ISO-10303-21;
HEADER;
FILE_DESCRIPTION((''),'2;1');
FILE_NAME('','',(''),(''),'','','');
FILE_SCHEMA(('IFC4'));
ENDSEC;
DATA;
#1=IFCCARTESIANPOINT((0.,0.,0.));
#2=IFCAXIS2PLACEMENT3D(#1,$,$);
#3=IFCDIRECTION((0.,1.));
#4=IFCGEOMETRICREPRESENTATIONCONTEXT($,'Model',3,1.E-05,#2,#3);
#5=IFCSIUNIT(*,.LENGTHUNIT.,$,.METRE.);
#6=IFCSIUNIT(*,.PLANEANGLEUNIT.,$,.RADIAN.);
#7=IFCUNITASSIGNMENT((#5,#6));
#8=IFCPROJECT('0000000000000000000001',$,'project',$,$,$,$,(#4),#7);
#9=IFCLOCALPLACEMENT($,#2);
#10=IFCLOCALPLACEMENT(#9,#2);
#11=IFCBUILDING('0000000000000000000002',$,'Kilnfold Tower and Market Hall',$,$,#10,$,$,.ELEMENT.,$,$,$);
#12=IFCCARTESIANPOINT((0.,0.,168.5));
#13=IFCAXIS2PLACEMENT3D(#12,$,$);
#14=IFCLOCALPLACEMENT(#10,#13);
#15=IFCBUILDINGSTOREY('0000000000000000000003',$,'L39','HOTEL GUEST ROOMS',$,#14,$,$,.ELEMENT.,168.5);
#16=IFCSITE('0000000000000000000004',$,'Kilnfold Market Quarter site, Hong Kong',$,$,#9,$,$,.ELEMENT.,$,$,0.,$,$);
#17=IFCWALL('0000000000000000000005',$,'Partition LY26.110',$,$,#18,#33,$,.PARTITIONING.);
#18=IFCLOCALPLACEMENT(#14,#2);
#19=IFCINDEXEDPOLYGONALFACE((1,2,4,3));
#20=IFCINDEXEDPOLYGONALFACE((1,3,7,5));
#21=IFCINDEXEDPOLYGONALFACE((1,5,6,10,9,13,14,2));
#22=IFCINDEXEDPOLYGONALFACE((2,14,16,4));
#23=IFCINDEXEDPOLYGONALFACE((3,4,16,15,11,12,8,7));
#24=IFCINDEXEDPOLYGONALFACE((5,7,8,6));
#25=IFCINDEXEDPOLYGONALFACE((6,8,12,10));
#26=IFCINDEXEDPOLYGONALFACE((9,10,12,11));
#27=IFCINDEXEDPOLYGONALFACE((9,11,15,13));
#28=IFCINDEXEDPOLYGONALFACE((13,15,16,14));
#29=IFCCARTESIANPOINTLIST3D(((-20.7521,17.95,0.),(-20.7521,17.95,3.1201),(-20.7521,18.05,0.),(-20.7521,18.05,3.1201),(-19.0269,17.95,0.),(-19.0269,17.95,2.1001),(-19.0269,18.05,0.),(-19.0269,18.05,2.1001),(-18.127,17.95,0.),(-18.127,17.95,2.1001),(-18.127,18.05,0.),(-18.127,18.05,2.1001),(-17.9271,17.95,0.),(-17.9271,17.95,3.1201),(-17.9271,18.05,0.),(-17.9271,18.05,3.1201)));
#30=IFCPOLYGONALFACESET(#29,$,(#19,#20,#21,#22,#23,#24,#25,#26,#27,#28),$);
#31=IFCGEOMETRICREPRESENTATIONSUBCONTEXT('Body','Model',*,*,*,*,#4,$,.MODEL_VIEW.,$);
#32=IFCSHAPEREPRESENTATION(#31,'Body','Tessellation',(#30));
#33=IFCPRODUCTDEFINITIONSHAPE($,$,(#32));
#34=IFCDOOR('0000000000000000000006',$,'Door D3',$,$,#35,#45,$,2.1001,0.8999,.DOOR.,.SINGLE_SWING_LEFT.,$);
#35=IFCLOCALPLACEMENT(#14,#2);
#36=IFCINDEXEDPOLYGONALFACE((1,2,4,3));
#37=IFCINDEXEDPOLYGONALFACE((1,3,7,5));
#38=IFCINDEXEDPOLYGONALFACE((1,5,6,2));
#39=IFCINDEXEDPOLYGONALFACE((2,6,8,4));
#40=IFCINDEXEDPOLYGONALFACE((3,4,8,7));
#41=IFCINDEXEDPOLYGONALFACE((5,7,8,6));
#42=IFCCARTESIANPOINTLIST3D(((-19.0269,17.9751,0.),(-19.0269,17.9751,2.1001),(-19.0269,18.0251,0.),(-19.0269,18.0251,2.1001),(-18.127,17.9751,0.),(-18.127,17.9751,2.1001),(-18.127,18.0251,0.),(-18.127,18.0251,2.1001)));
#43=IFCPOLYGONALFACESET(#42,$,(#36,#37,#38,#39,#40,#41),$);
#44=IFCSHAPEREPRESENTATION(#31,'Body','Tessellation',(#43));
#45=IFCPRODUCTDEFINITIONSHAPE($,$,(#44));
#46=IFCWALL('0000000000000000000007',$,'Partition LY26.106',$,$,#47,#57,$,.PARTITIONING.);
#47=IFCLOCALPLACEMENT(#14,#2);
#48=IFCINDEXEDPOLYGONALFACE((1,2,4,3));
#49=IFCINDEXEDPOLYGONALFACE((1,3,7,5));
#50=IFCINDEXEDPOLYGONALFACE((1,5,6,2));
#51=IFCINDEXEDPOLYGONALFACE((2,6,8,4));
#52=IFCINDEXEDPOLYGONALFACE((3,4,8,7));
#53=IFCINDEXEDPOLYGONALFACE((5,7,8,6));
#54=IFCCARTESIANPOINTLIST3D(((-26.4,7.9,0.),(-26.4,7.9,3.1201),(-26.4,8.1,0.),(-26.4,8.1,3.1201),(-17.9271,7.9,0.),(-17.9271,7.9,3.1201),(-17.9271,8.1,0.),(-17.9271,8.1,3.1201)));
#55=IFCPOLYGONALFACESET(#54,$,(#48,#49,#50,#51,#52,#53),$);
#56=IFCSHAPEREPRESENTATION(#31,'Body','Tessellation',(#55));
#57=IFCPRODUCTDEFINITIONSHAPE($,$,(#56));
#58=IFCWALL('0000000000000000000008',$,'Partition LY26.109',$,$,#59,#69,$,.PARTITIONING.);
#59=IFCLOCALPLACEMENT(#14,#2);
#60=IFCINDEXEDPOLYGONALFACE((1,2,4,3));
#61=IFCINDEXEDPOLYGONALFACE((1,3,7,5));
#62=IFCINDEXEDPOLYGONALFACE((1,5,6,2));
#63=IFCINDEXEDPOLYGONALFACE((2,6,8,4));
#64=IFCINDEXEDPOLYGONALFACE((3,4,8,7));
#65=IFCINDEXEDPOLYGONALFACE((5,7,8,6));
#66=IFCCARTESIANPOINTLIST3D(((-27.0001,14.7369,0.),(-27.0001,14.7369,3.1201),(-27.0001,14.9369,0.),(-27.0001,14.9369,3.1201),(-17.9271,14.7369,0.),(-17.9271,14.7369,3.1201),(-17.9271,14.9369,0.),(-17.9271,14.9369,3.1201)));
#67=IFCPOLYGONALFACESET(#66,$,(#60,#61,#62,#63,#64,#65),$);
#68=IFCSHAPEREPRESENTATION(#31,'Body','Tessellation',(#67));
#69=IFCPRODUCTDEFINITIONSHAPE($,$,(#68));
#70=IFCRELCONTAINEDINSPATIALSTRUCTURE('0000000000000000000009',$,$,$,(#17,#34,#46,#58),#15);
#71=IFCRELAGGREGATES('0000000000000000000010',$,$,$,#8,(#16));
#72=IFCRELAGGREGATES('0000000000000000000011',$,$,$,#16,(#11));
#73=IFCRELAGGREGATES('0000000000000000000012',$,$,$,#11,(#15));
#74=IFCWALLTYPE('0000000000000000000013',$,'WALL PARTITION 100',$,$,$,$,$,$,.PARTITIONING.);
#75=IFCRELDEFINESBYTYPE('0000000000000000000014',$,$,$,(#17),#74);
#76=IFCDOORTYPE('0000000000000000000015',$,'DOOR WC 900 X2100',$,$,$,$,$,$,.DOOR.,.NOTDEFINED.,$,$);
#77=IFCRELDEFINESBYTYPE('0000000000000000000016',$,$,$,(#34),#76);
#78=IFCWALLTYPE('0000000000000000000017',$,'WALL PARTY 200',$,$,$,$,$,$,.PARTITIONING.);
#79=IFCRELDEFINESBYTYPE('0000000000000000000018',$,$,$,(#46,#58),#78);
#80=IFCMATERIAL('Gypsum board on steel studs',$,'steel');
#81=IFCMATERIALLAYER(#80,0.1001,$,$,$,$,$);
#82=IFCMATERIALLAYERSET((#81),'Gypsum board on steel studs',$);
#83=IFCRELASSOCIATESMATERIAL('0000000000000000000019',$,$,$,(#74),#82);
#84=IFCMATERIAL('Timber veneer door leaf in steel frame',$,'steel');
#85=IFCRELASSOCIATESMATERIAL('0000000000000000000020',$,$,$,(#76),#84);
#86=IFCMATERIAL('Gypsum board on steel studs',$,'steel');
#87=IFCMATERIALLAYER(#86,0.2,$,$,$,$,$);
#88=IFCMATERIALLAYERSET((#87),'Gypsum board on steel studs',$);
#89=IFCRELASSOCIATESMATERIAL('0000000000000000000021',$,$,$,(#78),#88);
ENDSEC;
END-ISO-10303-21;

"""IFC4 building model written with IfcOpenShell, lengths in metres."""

from ifc_helpers import new_model, si_unit, direction, frame, frame_2d, origin, place, context, subcontext, project, spatial, rectangle, extrude, material, layer, layer_set, type_object, element, fill, save


model = new_model("IFC4")

# Units and contexts
model_context = context("Model", 3, precision=1e-05, world=origin(), true_north=direction((0.0, 1.0)))
body_context = subcontext(model_context, "Body", "Model", "MODEL_VIEW")
ifc_project = project(units=[si_unit("LENGTHUNIT", "METRE"), si_unit("PLANEANGLEUNIT", "RADIAN")], contexts=[model_context])

# Site, building, storey
site_placement = place(None, origin())
site = spatial("IfcSite", under=ifc_project, at=site_placement, Name="Kilnfold Market Quarter site, Hong Kong", CompositionType="ELEMENT", RefElevation=0.0)
building_placement = place(site_placement, origin())
building = spatial("IfcBuilding", under=site, at=building_placement, Name="Kilnfold Tower and Market Hall", CompositionType="ELEMENT")
storey_placement = place(building_placement, frame((0.0, 0.0, 168.5)))
storey = spatial("IfcBuildingStorey", under=building, at=storey_placement, Name="L39", Description="HOTEL GUEST ROOMS", CompositionType="ELEMENT", Elevation=168.5)

# Shared definitions
ifc_material_1 = material(Name="Gypsum board on steel studs", Category="steel")
ifc_layer_1 = layer(ifc_material_1, 0.1001)
ifc_layer_set_1 = layer_set([ifc_layer_1], Name="Gypsum board on steel studs")
wall_type_1 = type_object("IfcWallType", Name="WALL PARTITION 100", PredefinedType="PARTITIONING", material=ifc_layer_set_1)
ifc_material_2 = material(Name="Timber veneer door leaf in steel frame", Category="steel")
door_type_1 = type_object("IfcDoorType", Name="DOOR WC 900 X2100", OperationType="NOTDEFINED", PredefinedType="DOOR", material=ifc_material_2)

# Wall, opening, door
wall_1_placement = place(storey_placement, frame((-17.927, 18.0, 0.0), z_axis=(0.0, 0.0, 1.0), x_axis=(-1.0, 0.0, 0.0)))
wall_1 = element("IfcWall", 1, at=wall_1_placement, inside=storey, type_object=wall_type_1, Name="Partition LY26.110", PredefinedType="PARTITIONING", context=body_context, shape_type="SweptSolid", body=[
    extrude(rectangle(XDim=2.825, YDim=0.1001, at=frame_2d((1.4126, 0.0))), origin(), (0.0, 0.0, 1.0), 3.1201),
])
opening_1_placement = place(wall_1_placement, frame((0.2, 0.0, 0.0)))
opening_1 = element("IfcOpeningElement", 2, at=opening_1_placement, cuts=wall_1, PredefinedType="OPENING", context=body_context, shape_type="SweptSolid", body=[
    extrude(rectangle(XDim=0.8999, YDim=2.1001, at=frame_2d((0.45, 1.05))), frame((0.0, 0.0601, 0.0), z_axis=(0.0, -1.0, 0.0), x_axis=(1.0, 0.0, 0.0)), (0.0, 0.0, 1.0), 0.1201),
])
door_1_placement = place(opening_1_placement, origin())
door_1 = element("IfcDoor", 3, at=door_1_placement, inside=storey, type_object=door_type_1, Name="Door D3", OperationType="SINGLE_SWING_LEFT", OverallHeight=2.1001, OverallWidth=0.8999, PredefinedType="DOOR", context=body_context, shape_type="SweptSolid", body=[
    extrude(rectangle(XDim=0.8999, YDim=2.1001, at=frame_2d((0.45, 1.05))), frame((0.0, 0.0249, 0.0), z_axis=(0.0, -1.0, 0.0), x_axis=(1.0, 0.0, 0.0)), (0.0, 0.0, 1.0), 0.05),
])
fill(opening_1, door_1)

# Walls
ifc_material_3 = material(Name="Gypsum board on steel studs", Category="steel")
ifc_layer_2 = layer(ifc_material_3, 0.2)
ifc_layer_set_2 = layer_set([ifc_layer_2], Name="Gypsum board on steel studs")
wall_type_2 = type_object("IfcWallType", Name="WALL PARTY 200", PredefinedType="PARTITIONING", material=ifc_layer_set_2)
wall_2_placement = place(storey_placement, frame((-26.3999, 8.0, 0.0), z_axis=(0.0, 0.0, 1.0), x_axis=(1.0, 0.0, 0.0)))
element("IfcWall", 4, at=wall_2_placement, inside=storey, type_object=wall_type_2, Name="Partition LY26.106", PredefinedType="PARTITIONING", context=body_context, shape_type="SweptSolid", body=[
    extrude(rectangle(XDim=8.4729, YDim=0.2, at=frame_2d((4.2363, 0.0))), origin(), (0.0, 0.0, 1.0), 3.1201),
])
wall_3_placement = place(storey_placement, frame((-17.927, 14.8369, 0.0), z_axis=(0.0, 0.0, 1.0), x_axis=(-1.0, 0.0, 0.0)))
element("IfcWall", 5, at=wall_3_placement, inside=storey, type_object=wall_type_2, Name="Partition LY26.109", PredefinedType="PARTITIONING", context=body_context, shape_type="SweptSolid", body=[
    extrude(rectangle(XDim=9.073, YDim=0.2, at=frame_2d((4.5366, 0.0))), origin(), (0.0, 0.0, 1.0), 3.1201),
])

save(model, "model.ifc")
